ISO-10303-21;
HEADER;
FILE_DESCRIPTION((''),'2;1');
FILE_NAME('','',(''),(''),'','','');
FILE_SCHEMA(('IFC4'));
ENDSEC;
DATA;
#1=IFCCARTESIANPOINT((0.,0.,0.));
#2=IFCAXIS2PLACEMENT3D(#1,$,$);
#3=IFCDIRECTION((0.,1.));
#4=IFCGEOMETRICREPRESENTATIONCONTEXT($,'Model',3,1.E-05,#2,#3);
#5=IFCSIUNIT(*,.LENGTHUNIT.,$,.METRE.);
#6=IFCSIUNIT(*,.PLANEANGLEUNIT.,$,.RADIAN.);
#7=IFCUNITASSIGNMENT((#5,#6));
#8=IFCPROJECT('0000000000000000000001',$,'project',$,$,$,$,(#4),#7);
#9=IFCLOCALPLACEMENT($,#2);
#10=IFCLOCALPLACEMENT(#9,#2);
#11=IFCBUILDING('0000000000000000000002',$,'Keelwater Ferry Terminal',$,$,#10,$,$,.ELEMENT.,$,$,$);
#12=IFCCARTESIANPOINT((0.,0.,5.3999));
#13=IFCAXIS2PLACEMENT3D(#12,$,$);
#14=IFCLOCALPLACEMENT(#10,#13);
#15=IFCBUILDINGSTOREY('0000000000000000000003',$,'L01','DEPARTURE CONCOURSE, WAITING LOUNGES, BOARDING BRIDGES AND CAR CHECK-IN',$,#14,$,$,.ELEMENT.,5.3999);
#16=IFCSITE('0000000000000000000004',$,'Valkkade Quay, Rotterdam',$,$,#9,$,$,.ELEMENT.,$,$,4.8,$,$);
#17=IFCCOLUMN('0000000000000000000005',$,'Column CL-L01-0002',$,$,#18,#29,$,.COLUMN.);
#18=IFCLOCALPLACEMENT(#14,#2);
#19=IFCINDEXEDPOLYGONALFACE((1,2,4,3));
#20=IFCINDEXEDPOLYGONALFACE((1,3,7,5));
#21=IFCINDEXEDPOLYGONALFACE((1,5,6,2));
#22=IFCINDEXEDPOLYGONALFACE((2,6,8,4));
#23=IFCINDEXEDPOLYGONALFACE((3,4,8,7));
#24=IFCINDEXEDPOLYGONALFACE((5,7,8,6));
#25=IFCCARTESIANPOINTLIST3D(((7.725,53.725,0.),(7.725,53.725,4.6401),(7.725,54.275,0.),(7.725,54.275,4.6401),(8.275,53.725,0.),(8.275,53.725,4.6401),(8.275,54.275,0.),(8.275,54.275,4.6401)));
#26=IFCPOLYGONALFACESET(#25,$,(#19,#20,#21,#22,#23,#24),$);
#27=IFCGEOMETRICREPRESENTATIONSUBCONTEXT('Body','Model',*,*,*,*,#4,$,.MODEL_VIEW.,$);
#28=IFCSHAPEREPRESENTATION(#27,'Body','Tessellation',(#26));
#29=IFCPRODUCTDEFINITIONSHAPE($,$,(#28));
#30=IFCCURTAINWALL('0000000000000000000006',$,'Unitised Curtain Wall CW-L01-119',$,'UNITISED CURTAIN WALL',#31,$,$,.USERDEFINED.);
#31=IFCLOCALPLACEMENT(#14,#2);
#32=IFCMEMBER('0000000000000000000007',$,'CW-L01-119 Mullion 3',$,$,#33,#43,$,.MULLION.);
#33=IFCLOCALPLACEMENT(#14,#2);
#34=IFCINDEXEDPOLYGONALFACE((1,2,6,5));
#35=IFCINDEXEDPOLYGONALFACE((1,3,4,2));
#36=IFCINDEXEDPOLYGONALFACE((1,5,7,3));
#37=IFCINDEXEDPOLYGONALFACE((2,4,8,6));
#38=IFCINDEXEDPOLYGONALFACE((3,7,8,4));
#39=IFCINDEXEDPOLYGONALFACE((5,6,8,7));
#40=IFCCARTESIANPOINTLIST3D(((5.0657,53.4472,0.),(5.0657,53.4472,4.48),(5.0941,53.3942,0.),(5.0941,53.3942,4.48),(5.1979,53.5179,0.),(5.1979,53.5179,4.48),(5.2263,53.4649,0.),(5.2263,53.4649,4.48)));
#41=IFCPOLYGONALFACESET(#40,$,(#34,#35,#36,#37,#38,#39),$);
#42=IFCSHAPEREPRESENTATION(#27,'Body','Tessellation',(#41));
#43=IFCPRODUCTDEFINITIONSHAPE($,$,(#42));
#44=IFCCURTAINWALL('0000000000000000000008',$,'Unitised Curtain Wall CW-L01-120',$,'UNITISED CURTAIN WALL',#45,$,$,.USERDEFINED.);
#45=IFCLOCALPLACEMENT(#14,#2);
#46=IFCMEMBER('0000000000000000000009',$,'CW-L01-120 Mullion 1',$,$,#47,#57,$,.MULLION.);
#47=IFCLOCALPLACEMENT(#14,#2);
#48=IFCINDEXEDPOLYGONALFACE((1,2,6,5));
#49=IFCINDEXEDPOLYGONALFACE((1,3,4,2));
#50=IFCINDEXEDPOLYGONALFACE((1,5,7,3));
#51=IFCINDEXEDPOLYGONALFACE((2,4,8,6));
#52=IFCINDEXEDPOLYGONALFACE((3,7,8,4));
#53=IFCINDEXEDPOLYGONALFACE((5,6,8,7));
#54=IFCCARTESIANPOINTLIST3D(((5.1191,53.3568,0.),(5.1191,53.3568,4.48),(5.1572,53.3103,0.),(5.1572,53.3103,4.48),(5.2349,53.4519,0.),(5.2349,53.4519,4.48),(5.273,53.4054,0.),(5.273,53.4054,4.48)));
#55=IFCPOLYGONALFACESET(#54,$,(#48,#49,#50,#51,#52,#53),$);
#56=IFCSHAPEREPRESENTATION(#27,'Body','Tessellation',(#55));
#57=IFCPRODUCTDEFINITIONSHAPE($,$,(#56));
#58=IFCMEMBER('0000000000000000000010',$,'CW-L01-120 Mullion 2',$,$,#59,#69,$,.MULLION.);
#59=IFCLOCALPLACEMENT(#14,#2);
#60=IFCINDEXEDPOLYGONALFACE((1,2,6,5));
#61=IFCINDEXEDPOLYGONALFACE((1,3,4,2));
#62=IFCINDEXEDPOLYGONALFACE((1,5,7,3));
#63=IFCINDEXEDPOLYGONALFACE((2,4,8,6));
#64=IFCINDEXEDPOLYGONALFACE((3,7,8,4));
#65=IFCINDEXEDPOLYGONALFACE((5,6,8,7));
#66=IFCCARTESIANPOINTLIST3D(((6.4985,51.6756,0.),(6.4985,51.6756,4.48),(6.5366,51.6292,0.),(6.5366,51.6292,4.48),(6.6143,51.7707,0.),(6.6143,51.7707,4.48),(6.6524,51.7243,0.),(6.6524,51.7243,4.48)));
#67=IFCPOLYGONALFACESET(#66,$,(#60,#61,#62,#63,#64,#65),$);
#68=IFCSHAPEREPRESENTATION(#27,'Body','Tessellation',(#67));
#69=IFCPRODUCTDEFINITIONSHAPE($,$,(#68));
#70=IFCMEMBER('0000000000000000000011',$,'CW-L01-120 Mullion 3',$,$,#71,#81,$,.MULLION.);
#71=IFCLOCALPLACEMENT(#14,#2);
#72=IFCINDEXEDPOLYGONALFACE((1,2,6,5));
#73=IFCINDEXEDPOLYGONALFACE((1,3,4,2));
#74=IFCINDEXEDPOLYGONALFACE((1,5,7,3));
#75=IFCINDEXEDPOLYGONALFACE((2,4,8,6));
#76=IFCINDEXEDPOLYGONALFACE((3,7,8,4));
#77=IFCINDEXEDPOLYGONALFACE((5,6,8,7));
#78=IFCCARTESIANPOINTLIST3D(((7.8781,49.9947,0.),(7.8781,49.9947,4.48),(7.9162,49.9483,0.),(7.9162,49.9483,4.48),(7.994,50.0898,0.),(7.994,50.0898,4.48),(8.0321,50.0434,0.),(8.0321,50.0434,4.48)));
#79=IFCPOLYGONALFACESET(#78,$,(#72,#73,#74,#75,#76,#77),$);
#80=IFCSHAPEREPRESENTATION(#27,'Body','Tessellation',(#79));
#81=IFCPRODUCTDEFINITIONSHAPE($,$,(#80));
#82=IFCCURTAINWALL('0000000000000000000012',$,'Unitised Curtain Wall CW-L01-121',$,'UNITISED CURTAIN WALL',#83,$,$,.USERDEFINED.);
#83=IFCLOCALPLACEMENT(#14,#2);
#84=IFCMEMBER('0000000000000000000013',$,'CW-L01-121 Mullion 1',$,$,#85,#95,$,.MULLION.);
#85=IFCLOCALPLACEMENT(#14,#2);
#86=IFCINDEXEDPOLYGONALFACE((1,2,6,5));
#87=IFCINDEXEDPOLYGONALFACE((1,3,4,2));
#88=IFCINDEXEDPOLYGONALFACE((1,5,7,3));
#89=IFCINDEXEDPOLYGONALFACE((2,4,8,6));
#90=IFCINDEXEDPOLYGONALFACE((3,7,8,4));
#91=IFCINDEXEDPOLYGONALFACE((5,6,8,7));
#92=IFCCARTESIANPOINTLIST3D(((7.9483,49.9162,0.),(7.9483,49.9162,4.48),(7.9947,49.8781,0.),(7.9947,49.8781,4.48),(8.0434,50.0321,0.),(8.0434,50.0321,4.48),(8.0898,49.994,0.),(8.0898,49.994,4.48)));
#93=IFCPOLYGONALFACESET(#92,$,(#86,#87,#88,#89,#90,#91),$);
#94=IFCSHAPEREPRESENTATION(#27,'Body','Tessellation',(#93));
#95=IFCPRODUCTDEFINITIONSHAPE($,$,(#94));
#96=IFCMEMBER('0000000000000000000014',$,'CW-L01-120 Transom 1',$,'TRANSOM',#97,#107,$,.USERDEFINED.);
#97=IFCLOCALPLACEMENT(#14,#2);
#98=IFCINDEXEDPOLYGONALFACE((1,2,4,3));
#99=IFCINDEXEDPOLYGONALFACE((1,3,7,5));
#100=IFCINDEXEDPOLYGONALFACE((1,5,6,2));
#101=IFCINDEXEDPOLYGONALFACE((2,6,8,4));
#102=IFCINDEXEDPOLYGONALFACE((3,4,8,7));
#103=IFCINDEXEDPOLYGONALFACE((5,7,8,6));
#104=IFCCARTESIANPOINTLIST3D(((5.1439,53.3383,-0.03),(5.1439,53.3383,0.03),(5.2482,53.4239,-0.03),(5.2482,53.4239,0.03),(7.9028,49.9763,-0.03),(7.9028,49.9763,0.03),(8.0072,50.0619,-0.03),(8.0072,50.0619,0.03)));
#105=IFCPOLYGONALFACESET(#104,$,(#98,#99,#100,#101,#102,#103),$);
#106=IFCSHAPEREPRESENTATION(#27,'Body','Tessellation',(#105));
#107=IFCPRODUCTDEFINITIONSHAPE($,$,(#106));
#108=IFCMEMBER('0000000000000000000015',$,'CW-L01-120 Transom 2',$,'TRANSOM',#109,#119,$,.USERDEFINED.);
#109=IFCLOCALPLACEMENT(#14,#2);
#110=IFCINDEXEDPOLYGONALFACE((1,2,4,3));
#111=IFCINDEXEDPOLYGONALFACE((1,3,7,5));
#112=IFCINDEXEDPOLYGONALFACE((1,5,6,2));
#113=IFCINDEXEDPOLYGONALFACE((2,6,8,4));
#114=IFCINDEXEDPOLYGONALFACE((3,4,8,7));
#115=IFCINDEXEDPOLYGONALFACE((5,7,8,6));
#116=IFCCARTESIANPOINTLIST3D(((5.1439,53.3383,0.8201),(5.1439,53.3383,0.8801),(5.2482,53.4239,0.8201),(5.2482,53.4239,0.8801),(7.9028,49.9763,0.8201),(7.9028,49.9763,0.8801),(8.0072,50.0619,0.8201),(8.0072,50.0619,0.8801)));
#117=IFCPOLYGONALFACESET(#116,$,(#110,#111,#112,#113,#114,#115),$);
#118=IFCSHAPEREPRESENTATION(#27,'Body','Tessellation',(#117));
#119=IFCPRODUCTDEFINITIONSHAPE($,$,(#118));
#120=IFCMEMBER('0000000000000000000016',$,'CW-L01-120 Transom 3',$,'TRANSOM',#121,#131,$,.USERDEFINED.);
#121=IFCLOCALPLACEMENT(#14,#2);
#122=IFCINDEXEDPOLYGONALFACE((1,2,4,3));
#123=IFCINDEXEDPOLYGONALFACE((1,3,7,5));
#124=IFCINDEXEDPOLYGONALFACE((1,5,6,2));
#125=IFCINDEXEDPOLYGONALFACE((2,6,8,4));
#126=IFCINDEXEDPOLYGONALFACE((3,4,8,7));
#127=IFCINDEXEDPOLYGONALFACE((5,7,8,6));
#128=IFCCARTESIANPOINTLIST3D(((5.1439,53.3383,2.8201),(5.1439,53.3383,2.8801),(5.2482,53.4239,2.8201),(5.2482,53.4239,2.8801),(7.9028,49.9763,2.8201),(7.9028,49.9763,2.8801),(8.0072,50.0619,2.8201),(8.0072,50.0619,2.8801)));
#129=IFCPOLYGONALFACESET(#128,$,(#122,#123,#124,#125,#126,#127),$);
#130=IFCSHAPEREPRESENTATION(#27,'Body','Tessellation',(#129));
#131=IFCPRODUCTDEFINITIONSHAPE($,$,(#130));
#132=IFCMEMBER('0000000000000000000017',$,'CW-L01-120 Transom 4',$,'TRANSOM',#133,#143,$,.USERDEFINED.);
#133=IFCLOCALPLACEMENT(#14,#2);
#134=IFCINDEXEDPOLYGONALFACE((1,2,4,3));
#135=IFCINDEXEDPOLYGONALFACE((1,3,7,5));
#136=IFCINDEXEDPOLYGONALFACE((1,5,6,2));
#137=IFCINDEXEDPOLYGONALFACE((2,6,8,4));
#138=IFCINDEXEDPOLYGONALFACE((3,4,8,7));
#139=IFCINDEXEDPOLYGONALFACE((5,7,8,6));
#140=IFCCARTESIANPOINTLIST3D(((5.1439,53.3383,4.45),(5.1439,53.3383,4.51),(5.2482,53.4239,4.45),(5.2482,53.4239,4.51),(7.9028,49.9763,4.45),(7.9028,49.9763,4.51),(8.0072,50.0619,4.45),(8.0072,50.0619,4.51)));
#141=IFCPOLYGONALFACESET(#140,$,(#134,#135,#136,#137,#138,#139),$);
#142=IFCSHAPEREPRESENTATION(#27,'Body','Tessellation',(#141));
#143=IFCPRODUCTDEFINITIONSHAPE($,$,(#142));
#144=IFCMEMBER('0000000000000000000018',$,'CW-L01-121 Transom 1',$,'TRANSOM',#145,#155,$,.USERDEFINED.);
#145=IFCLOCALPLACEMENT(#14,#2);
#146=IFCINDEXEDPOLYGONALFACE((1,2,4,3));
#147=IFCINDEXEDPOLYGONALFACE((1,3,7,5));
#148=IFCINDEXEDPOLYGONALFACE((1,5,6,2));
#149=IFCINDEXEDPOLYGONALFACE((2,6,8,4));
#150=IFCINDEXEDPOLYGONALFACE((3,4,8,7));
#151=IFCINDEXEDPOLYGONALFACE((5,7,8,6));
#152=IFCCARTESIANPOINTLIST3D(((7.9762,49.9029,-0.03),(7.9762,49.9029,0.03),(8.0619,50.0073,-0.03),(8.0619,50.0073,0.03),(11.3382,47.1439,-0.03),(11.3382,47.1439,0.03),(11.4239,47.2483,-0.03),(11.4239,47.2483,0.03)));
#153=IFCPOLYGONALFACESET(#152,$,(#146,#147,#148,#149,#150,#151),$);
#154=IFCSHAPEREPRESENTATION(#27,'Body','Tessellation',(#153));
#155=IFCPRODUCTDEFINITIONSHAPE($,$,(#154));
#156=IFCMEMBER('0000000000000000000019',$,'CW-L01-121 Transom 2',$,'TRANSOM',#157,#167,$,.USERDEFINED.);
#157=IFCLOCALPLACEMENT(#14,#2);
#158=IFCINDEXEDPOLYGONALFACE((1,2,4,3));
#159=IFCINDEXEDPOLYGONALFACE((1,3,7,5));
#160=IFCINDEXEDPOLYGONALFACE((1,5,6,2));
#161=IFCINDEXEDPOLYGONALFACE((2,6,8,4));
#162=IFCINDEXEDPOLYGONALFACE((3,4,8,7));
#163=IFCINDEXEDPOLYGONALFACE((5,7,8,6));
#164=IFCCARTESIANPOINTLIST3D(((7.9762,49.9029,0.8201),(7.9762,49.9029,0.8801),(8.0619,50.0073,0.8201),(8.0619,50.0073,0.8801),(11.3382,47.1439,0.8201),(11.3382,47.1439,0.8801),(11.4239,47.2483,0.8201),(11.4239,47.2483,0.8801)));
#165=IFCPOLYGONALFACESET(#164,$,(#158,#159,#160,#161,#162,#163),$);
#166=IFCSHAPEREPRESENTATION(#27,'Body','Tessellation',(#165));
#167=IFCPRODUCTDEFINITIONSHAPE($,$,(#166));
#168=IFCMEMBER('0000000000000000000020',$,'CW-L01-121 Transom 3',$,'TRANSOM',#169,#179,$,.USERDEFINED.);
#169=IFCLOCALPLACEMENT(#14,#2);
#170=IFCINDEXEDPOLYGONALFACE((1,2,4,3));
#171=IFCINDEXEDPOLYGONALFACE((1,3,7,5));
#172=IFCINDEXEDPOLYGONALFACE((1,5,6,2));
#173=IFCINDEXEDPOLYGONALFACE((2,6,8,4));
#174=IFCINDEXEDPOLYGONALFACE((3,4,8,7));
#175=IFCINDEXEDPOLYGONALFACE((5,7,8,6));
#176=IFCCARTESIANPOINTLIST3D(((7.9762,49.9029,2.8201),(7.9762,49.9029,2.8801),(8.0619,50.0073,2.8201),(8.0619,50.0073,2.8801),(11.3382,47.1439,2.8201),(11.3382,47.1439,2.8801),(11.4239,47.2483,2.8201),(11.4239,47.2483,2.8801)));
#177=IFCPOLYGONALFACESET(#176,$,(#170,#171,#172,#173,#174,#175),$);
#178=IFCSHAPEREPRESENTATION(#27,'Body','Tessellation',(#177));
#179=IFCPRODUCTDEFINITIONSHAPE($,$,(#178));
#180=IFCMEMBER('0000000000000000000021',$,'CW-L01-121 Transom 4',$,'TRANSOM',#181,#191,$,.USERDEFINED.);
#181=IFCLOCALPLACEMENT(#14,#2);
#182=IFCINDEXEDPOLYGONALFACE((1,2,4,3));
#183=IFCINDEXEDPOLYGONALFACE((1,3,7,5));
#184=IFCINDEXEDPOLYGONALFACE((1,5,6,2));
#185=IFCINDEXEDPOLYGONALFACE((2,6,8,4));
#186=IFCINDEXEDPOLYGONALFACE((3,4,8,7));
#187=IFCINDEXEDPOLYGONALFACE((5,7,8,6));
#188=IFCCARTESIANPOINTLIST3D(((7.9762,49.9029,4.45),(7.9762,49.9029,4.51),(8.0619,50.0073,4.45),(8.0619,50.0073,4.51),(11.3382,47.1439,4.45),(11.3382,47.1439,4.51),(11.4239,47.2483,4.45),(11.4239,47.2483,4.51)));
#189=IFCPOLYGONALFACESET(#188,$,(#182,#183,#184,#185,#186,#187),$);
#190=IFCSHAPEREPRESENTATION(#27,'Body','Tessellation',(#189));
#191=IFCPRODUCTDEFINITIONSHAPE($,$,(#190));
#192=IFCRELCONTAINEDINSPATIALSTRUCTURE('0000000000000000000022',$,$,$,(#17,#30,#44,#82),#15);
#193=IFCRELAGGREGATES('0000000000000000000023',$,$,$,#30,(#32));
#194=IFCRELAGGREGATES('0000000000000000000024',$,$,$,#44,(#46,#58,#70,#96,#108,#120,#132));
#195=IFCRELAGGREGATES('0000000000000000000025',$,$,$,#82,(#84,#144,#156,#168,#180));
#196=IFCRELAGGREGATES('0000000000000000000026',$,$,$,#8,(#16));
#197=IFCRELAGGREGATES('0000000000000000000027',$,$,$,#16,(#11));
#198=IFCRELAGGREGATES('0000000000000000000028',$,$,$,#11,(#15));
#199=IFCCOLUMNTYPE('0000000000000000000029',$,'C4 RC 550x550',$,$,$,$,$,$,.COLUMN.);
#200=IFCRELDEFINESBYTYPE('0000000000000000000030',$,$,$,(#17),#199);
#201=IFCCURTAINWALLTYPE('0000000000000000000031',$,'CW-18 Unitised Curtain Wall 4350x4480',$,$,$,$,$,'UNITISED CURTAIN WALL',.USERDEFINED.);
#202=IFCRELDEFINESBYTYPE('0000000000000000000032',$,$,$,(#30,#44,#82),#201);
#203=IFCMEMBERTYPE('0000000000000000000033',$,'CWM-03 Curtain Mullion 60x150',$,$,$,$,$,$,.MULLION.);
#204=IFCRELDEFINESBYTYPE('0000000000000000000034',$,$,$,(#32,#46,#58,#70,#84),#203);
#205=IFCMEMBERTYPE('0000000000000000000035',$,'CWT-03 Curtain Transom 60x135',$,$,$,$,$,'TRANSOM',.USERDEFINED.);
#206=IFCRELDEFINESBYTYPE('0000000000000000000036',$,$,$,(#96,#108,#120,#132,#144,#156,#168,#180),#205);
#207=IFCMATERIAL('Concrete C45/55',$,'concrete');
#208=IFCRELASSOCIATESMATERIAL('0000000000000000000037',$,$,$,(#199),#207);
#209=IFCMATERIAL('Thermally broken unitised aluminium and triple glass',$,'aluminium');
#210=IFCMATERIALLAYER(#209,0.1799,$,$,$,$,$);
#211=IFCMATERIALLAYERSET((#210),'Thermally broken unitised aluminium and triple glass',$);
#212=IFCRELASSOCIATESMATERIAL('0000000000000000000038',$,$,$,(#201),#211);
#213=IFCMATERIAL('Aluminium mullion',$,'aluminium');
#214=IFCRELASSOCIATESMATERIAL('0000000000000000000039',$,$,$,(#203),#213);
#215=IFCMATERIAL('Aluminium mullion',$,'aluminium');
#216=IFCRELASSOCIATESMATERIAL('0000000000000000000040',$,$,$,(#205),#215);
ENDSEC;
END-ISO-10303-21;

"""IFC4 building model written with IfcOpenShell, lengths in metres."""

from ifc_helpers import new_model, si_unit, direction, frame, origin, origin_2d, place, context, subcontext, project, spatial, rectangle, extrude, material, layer, layer_set, material_profile, profile_set, type_object, element, aggregate, save


model = new_model("IFC4")

# Units and contexts
model_context = context("Model", 3, precision=1e-05, world=origin(), true_north=direction((0.0, 1.0)))
body_context = subcontext(model_context, "Body", "Model", "MODEL_VIEW")
ifc_project = project(units=[si_unit("LENGTHUNIT", "METRE"), si_unit("PLANEANGLEUNIT", "RADIAN")], contexts=[model_context])

# Site, building, storey
site_placement = place(None, origin())
site = spatial("IfcSite", under=ifc_project, at=site_placement, Name="Valkkade Quay, Rotterdam", CompositionType="ELEMENT", RefElevation=4.8)
building_placement = place(site_placement, origin())
building = spatial("IfcBuilding", under=site, at=building_placement, Name="Keelwater Ferry Terminal", CompositionType="ELEMENT")
storey_placement = place(building_placement, frame((0.0, 0.0, 5.3999)))
storey = spatial("IfcBuildingStorey", under=building, at=storey_placement, Name="L01", Description="DEPARTURE CONCOURSE, WAITING LOUNGES, BOARDING BRIDGES AND CAR CHECK-IN", CompositionType="ELEMENT", Elevation=5.3999)

# Column
ifc_material_1 = material(Name="Concrete C45/55", Category="concrete")
ifc_material_profile_1 = material_profile(ifc_material_1, rectangle(XDim=0.55, YDim=0.55, at=origin_2d()), Name="RC 550x550")
ifc_profile_set_1 = profile_set([ifc_material_profile_1], Name="Concrete C45/55")
column_type = type_object("IfcColumnType", Name="C4 RC 550x550", PredefinedType="COLUMN", material=ifc_profile_set_1)
column_placement = place(storey_placement, frame((8.0, 54.0, 0.0), z_axis=(0.0, 0.0, 1.0), x_axis=(1.0, 0.0, 0.0)))
element("IfcColumn", 1, at=column_placement, inside=storey, type_object=column_type, Name="Column CL-L01-0002", PredefinedType="COLUMN", context=body_context, shape_type="SweptSolid", body=[
    extrude(rectangle(XDim=0.55, YDim=0.55, at=origin_2d()), origin(), (0.0, 0.0, 1.0), 4.6401),
])

# Curtain wall, member
ifc_material_2 = material(Name="Thermally broken unitised aluminium and triple glass", Category="aluminium")
ifc_layer_1 = layer(ifc_material_2, 0.1799)
ifc_layer_set_1 = layer_set([ifc_layer_1], Name="Thermally broken unitised aluminium and triple glass")
curtain_wall_type = type_object("IfcCurtainWallType", Name="CW-18 Unitised Curtain Wall 4350x4480", ElementType="UNITISED CURTAIN WALL", PredefinedType="USERDEFINED", material=ifc_layer_set_1)
curtain_wall_1_placement = place(storey_placement, origin())
curtain_wall_1 = element("IfcCurtainWall", 2, at=curtain_wall_1_placement, inside=storey, type_object=curtain_wall_type, Name="Unitised Curtain Wall CW-L01-119", ObjectType="UNITISED CURTAIN WALL", PredefinedType="USERDEFINED")
ifc_material_3 = material(Name="Aluminium mullion", Category="aluminium")
ifc_material_profile_2 = material_profile(ifc_material_3, rectangle(XDim=0.0601, YDim=0.1499, at=origin_2d()), Name="CWM-03")
ifc_profile_set_2 = profile_set([ifc_material_profile_2], Name="Aluminium mullion")
member_type_1 = type_object("IfcMemberType", Name="CWM-03 Curtain Mullion 60x150", PredefinedType="MULLION", material=ifc_profile_set_2)
member_1_placement = place(storey_placement, frame((5.146, 53.4561, 0.0), z_axis=(0.0, 0.0, 1.0), x_axis=(0.471507, -0.881862, 0.0)))
member_1 = element("IfcMember", 3, at=member_1_placement, type_object=member_type_1, Name="CW-L01-119 Mullion 3", PredefinedType="MULLION", context=body_context, shape_type="SweptSolid", body=[
    extrude(rectangle(XDim=0.0601, YDim=0.1499, at=origin_2d()), origin(), (0.0, 0.0, 1.0), 4.48),
])

# Curtain wall, members
curtain_wall_2_placement = place(storey_placement, origin())
curtain_wall_2 = element("IfcCurtainWall", 4, at=curtain_wall_2_placement, inside=storey, type_object=curtain_wall_type, Name="Unitised Curtain Wall CW-L01-120", ObjectType="UNITISED CURTAIN WALL", PredefinedType="USERDEFINED")
member_2_placement = place(storey_placement, frame((5.196, 53.3811, 0.0), z_axis=(0.0, 0.0, 1.0), x_axis=(0.634377, -0.773024, 0.0)))
member_2 = element("IfcMember", 5, at=member_2_placement, type_object=member_type_1, Name="CW-L01-120 Mullion 1", PredefinedType="MULLION", context=body_context, shape_type="SweptSolid", body=[
    extrude(rectangle(XDim=0.0601, YDim=0.1499, at=origin_2d()), origin(), (0.0, 0.0, 1.0), 4.48),
])
member_3_placement = place(storey_placement, frame((6.5754, 51.7, 0.0), z_axis=(0.0, 0.0, 1.0), x_axis=(0.634377, -0.773024, 0.0)))
member_3 = element("IfcMember", 6, at=member_3_placement, type_object=member_type_1, Name="CW-L01-120 Mullion 2", PredefinedType="MULLION", context=body_context, shape_type="SweptSolid", body=[
    extrude(rectangle(XDim=0.0601, YDim=0.1499, at=origin_2d()), origin(), (0.0, 0.0, 1.0), 4.48),
])
member_4_placement = place(storey_placement, frame((7.9551, 50.019, 0.0), z_axis=(0.0, 0.0, 1.0), x_axis=(0.634377, -0.773024, 0.0)))
member_4 = element("IfcMember", 7, at=member_4_placement, type_object=member_type_1, Name="CW-L01-120 Mullion 3", PredefinedType="MULLION", context=body_context, shape_type="SweptSolid", body=[
    extrude(rectangle(XDim=0.0601, YDim=0.1499, at=origin_2d()), origin(), (0.0, 0.0, 1.0), 4.48),
])

# Curtain wall, member
curtain_wall_3_placement = place(storey_placement, origin())
curtain_wall_3 = element("IfcCurtainWall", 8, at=curtain_wall_3_placement, inside=storey, type_object=curtain_wall_type, Name="Unitised Curtain Wall CW-L01-121", ObjectType="UNITISED CURTAIN WALL", PredefinedType="USERDEFINED")
member_5_placement = place(storey_placement, frame((8.019, 49.9551, 0.0), z_axis=(0.0, 0.0, 1.0), x_axis=(0.773024, -0.634377, 0.0)))
member_5 = element("IfcMember", 9, at=member_5_placement, type_object=member_type_1, Name="CW-L01-121 Mullion 1", PredefinedType="MULLION", context=body_context, shape_type="SweptSolid", body=[
    extrude(rectangle(XDim=0.0601, YDim=0.1499, at=origin_2d()), origin(), (0.0, 0.0, 1.0), 4.48),
])

# Members
ifc_material_4 = material(Name="Aluminium mullion", Category="aluminium")
ifc_material_profile_3 = material_profile(ifc_material_4, rectangle(XDim=0.135, YDim=0.0601, at=origin_2d()), Name="CWT-03")
ifc_profile_set_3 = profile_set([ifc_material_profile_3], Name="Aluminium mullion")
member_type_2 = type_object("IfcMemberType", Name="CWT-03 Curtain Transom 60x135", ElementType="TRANSOM", PredefinedType="USERDEFINED", material=ifc_profile_set_3)
member_6_placement = place(storey_placement, frame((5.196, 53.3811, 0.0), z_axis=(0.634374, -0.773026, 0.0), x_axis=(0.773026, 0.634374, 0.0)))
member_6 = element("IfcMember", 10, at=member_6_placement, type_object=member_type_2, Name="CW-L01-120 Transom 1", ObjectType="TRANSOM", PredefinedType="USERDEFINED", context=body_context, shape_type="SweptSolid", body=[
    extrude(rectangle(XDim=0.135, YDim=0.0601, at=origin_2d()), origin(), (0.0, 0.0, 1.0), 4.3491),
])
member_7_placement = place(storey_placement, frame((5.196, 53.3811, 0.8501), z_axis=(0.634374, -0.773026, 0.0), x_axis=(0.773026, 0.634374, 0.0)))
member_7 = element("IfcMember", 11, at=member_7_placement, type_object=member_type_2, Name="CW-L01-120 Transom 2", ObjectType="TRANSOM", PredefinedType="USERDEFINED", context=body_context, shape_type="SweptSolid", body=[
    extrude(rectangle(XDim=0.135, YDim=0.0601, at=origin_2d()), origin(), (0.0, 0.0, 1.0), 4.3491),
])
member_8_placement = place(storey_placement, frame((5.196, 53.3811, 2.8501), z_axis=(0.634374, -0.773026, 0.0), x_axis=(0.773026, 0.634374, 0.0)))
member_8 = element("IfcMember", 12, at=member_8_placement, type_object=member_type_2, Name="CW-L01-120 Transom 3", ObjectType="TRANSOM", PredefinedType="USERDEFINED", context=body_context, shape_type="SweptSolid", body=[
    extrude(rectangle(XDim=0.135, YDim=0.0601, at=origin_2d()), origin(), (0.0, 0.0, 1.0), 4.3491),
])
member_9_placement = place(storey_placement, frame((5.196, 53.3811, 4.48), z_axis=(0.634374, -0.773026, 0.0), x_axis=(0.773026, 0.634374, 0.0)))
member_9 = element("IfcMember", 13, at=member_9_placement, type_object=member_type_2, Name="CW-L01-120 Transom 4", ObjectType="TRANSOM", PredefinedType="USERDEFINED", context=body_context, shape_type="SweptSolid", body=[
    extrude(rectangle(XDim=0.135, YDim=0.0601, at=origin_2d()), origin(), (0.0, 0.0, 1.0), 4.3491),
])
member_10_placement = place(storey_placement, frame((8.019, 49.9551, 0.0), z_axis=(0.773026, -0.634374, 0.0), x_axis=(0.634374, 0.773026, 0.0)))
member_10 = element("IfcMember", 14, at=member_10_placement, type_object=member_type_2, Name="CW-L01-121 Transom 1", ObjectType="TRANSOM", PredefinedType="USERDEFINED", context=body_context, shape_type="SweptSolid", body=[
    extrude(rectangle(XDim=0.135, YDim=0.0601, at=origin_2d()), origin(), (0.0, 0.0, 1.0), 4.3491),
])
member_11_placement = place(storey_placement, frame((8.019, 49.9551, 0.8501), z_axis=(0.773026, -0.634374, 0.0), x_axis=(0.634374, 0.773026, 0.0)))
member_11 = element("IfcMember", 15, at=member_11_placement, type_object=member_type_2, Name="CW-L01-121 Transom 2", ObjectType="TRANSOM", PredefinedType="USERDEFINED", context=body_context, shape_type="SweptSolid", body=[
    extrude(rectangle(XDim=0.135, YDim=0.0601, at=origin_2d()), origin(), (0.0, 0.0, 1.0), 4.3491),
])
member_12_placement = place(storey_placement, frame((8.019, 49.9551, 2.8501), z_axis=(0.773026, -0.634374, 0.0), x_axis=(0.634374, 0.773026, 0.0)))
member_12 = element("IfcMember", 16, at=member_12_placement, type_object=member_type_2, Name="CW-L01-121 Transom 3", ObjectType="TRANSOM", PredefinedType="USERDEFINED", context=body_context, shape_type="SweptSolid", body=[
    extrude(rectangle(XDim=0.135, YDim=0.0601, at=origin_2d()), origin(), (0.0, 0.0, 1.0), 4.3491),
])
member_13_placement = place(storey_placement, frame((8.019, 49.9551, 4.48), z_axis=(0.773026, -0.634374, 0.0), x_axis=(0.634374, 0.773026, 0.0)))
member_13 = element("IfcMember", 17, at=member_13_placement, type_object=member_type_2, Name="CW-L01-121 Transom 4", ObjectType="TRANSOM", PredefinedType="USERDEFINED", context=body_context, shape_type="SweptSolid", body=[
    extrude(rectangle(XDim=0.135, YDim=0.0601, at=origin_2d()), origin(), (0.0, 0.0, 1.0), 4.3491),
])

aggregate(curtain_wall_1, [member_1])
aggregate(curtain_wall_2, [member_2, member_3, member_4, member_6, member_7, member_8, member_9])
aggregate(curtain_wall_3, [member_5, member_10, member_11, member_12, member_13])

save(model, "model.ifc")
